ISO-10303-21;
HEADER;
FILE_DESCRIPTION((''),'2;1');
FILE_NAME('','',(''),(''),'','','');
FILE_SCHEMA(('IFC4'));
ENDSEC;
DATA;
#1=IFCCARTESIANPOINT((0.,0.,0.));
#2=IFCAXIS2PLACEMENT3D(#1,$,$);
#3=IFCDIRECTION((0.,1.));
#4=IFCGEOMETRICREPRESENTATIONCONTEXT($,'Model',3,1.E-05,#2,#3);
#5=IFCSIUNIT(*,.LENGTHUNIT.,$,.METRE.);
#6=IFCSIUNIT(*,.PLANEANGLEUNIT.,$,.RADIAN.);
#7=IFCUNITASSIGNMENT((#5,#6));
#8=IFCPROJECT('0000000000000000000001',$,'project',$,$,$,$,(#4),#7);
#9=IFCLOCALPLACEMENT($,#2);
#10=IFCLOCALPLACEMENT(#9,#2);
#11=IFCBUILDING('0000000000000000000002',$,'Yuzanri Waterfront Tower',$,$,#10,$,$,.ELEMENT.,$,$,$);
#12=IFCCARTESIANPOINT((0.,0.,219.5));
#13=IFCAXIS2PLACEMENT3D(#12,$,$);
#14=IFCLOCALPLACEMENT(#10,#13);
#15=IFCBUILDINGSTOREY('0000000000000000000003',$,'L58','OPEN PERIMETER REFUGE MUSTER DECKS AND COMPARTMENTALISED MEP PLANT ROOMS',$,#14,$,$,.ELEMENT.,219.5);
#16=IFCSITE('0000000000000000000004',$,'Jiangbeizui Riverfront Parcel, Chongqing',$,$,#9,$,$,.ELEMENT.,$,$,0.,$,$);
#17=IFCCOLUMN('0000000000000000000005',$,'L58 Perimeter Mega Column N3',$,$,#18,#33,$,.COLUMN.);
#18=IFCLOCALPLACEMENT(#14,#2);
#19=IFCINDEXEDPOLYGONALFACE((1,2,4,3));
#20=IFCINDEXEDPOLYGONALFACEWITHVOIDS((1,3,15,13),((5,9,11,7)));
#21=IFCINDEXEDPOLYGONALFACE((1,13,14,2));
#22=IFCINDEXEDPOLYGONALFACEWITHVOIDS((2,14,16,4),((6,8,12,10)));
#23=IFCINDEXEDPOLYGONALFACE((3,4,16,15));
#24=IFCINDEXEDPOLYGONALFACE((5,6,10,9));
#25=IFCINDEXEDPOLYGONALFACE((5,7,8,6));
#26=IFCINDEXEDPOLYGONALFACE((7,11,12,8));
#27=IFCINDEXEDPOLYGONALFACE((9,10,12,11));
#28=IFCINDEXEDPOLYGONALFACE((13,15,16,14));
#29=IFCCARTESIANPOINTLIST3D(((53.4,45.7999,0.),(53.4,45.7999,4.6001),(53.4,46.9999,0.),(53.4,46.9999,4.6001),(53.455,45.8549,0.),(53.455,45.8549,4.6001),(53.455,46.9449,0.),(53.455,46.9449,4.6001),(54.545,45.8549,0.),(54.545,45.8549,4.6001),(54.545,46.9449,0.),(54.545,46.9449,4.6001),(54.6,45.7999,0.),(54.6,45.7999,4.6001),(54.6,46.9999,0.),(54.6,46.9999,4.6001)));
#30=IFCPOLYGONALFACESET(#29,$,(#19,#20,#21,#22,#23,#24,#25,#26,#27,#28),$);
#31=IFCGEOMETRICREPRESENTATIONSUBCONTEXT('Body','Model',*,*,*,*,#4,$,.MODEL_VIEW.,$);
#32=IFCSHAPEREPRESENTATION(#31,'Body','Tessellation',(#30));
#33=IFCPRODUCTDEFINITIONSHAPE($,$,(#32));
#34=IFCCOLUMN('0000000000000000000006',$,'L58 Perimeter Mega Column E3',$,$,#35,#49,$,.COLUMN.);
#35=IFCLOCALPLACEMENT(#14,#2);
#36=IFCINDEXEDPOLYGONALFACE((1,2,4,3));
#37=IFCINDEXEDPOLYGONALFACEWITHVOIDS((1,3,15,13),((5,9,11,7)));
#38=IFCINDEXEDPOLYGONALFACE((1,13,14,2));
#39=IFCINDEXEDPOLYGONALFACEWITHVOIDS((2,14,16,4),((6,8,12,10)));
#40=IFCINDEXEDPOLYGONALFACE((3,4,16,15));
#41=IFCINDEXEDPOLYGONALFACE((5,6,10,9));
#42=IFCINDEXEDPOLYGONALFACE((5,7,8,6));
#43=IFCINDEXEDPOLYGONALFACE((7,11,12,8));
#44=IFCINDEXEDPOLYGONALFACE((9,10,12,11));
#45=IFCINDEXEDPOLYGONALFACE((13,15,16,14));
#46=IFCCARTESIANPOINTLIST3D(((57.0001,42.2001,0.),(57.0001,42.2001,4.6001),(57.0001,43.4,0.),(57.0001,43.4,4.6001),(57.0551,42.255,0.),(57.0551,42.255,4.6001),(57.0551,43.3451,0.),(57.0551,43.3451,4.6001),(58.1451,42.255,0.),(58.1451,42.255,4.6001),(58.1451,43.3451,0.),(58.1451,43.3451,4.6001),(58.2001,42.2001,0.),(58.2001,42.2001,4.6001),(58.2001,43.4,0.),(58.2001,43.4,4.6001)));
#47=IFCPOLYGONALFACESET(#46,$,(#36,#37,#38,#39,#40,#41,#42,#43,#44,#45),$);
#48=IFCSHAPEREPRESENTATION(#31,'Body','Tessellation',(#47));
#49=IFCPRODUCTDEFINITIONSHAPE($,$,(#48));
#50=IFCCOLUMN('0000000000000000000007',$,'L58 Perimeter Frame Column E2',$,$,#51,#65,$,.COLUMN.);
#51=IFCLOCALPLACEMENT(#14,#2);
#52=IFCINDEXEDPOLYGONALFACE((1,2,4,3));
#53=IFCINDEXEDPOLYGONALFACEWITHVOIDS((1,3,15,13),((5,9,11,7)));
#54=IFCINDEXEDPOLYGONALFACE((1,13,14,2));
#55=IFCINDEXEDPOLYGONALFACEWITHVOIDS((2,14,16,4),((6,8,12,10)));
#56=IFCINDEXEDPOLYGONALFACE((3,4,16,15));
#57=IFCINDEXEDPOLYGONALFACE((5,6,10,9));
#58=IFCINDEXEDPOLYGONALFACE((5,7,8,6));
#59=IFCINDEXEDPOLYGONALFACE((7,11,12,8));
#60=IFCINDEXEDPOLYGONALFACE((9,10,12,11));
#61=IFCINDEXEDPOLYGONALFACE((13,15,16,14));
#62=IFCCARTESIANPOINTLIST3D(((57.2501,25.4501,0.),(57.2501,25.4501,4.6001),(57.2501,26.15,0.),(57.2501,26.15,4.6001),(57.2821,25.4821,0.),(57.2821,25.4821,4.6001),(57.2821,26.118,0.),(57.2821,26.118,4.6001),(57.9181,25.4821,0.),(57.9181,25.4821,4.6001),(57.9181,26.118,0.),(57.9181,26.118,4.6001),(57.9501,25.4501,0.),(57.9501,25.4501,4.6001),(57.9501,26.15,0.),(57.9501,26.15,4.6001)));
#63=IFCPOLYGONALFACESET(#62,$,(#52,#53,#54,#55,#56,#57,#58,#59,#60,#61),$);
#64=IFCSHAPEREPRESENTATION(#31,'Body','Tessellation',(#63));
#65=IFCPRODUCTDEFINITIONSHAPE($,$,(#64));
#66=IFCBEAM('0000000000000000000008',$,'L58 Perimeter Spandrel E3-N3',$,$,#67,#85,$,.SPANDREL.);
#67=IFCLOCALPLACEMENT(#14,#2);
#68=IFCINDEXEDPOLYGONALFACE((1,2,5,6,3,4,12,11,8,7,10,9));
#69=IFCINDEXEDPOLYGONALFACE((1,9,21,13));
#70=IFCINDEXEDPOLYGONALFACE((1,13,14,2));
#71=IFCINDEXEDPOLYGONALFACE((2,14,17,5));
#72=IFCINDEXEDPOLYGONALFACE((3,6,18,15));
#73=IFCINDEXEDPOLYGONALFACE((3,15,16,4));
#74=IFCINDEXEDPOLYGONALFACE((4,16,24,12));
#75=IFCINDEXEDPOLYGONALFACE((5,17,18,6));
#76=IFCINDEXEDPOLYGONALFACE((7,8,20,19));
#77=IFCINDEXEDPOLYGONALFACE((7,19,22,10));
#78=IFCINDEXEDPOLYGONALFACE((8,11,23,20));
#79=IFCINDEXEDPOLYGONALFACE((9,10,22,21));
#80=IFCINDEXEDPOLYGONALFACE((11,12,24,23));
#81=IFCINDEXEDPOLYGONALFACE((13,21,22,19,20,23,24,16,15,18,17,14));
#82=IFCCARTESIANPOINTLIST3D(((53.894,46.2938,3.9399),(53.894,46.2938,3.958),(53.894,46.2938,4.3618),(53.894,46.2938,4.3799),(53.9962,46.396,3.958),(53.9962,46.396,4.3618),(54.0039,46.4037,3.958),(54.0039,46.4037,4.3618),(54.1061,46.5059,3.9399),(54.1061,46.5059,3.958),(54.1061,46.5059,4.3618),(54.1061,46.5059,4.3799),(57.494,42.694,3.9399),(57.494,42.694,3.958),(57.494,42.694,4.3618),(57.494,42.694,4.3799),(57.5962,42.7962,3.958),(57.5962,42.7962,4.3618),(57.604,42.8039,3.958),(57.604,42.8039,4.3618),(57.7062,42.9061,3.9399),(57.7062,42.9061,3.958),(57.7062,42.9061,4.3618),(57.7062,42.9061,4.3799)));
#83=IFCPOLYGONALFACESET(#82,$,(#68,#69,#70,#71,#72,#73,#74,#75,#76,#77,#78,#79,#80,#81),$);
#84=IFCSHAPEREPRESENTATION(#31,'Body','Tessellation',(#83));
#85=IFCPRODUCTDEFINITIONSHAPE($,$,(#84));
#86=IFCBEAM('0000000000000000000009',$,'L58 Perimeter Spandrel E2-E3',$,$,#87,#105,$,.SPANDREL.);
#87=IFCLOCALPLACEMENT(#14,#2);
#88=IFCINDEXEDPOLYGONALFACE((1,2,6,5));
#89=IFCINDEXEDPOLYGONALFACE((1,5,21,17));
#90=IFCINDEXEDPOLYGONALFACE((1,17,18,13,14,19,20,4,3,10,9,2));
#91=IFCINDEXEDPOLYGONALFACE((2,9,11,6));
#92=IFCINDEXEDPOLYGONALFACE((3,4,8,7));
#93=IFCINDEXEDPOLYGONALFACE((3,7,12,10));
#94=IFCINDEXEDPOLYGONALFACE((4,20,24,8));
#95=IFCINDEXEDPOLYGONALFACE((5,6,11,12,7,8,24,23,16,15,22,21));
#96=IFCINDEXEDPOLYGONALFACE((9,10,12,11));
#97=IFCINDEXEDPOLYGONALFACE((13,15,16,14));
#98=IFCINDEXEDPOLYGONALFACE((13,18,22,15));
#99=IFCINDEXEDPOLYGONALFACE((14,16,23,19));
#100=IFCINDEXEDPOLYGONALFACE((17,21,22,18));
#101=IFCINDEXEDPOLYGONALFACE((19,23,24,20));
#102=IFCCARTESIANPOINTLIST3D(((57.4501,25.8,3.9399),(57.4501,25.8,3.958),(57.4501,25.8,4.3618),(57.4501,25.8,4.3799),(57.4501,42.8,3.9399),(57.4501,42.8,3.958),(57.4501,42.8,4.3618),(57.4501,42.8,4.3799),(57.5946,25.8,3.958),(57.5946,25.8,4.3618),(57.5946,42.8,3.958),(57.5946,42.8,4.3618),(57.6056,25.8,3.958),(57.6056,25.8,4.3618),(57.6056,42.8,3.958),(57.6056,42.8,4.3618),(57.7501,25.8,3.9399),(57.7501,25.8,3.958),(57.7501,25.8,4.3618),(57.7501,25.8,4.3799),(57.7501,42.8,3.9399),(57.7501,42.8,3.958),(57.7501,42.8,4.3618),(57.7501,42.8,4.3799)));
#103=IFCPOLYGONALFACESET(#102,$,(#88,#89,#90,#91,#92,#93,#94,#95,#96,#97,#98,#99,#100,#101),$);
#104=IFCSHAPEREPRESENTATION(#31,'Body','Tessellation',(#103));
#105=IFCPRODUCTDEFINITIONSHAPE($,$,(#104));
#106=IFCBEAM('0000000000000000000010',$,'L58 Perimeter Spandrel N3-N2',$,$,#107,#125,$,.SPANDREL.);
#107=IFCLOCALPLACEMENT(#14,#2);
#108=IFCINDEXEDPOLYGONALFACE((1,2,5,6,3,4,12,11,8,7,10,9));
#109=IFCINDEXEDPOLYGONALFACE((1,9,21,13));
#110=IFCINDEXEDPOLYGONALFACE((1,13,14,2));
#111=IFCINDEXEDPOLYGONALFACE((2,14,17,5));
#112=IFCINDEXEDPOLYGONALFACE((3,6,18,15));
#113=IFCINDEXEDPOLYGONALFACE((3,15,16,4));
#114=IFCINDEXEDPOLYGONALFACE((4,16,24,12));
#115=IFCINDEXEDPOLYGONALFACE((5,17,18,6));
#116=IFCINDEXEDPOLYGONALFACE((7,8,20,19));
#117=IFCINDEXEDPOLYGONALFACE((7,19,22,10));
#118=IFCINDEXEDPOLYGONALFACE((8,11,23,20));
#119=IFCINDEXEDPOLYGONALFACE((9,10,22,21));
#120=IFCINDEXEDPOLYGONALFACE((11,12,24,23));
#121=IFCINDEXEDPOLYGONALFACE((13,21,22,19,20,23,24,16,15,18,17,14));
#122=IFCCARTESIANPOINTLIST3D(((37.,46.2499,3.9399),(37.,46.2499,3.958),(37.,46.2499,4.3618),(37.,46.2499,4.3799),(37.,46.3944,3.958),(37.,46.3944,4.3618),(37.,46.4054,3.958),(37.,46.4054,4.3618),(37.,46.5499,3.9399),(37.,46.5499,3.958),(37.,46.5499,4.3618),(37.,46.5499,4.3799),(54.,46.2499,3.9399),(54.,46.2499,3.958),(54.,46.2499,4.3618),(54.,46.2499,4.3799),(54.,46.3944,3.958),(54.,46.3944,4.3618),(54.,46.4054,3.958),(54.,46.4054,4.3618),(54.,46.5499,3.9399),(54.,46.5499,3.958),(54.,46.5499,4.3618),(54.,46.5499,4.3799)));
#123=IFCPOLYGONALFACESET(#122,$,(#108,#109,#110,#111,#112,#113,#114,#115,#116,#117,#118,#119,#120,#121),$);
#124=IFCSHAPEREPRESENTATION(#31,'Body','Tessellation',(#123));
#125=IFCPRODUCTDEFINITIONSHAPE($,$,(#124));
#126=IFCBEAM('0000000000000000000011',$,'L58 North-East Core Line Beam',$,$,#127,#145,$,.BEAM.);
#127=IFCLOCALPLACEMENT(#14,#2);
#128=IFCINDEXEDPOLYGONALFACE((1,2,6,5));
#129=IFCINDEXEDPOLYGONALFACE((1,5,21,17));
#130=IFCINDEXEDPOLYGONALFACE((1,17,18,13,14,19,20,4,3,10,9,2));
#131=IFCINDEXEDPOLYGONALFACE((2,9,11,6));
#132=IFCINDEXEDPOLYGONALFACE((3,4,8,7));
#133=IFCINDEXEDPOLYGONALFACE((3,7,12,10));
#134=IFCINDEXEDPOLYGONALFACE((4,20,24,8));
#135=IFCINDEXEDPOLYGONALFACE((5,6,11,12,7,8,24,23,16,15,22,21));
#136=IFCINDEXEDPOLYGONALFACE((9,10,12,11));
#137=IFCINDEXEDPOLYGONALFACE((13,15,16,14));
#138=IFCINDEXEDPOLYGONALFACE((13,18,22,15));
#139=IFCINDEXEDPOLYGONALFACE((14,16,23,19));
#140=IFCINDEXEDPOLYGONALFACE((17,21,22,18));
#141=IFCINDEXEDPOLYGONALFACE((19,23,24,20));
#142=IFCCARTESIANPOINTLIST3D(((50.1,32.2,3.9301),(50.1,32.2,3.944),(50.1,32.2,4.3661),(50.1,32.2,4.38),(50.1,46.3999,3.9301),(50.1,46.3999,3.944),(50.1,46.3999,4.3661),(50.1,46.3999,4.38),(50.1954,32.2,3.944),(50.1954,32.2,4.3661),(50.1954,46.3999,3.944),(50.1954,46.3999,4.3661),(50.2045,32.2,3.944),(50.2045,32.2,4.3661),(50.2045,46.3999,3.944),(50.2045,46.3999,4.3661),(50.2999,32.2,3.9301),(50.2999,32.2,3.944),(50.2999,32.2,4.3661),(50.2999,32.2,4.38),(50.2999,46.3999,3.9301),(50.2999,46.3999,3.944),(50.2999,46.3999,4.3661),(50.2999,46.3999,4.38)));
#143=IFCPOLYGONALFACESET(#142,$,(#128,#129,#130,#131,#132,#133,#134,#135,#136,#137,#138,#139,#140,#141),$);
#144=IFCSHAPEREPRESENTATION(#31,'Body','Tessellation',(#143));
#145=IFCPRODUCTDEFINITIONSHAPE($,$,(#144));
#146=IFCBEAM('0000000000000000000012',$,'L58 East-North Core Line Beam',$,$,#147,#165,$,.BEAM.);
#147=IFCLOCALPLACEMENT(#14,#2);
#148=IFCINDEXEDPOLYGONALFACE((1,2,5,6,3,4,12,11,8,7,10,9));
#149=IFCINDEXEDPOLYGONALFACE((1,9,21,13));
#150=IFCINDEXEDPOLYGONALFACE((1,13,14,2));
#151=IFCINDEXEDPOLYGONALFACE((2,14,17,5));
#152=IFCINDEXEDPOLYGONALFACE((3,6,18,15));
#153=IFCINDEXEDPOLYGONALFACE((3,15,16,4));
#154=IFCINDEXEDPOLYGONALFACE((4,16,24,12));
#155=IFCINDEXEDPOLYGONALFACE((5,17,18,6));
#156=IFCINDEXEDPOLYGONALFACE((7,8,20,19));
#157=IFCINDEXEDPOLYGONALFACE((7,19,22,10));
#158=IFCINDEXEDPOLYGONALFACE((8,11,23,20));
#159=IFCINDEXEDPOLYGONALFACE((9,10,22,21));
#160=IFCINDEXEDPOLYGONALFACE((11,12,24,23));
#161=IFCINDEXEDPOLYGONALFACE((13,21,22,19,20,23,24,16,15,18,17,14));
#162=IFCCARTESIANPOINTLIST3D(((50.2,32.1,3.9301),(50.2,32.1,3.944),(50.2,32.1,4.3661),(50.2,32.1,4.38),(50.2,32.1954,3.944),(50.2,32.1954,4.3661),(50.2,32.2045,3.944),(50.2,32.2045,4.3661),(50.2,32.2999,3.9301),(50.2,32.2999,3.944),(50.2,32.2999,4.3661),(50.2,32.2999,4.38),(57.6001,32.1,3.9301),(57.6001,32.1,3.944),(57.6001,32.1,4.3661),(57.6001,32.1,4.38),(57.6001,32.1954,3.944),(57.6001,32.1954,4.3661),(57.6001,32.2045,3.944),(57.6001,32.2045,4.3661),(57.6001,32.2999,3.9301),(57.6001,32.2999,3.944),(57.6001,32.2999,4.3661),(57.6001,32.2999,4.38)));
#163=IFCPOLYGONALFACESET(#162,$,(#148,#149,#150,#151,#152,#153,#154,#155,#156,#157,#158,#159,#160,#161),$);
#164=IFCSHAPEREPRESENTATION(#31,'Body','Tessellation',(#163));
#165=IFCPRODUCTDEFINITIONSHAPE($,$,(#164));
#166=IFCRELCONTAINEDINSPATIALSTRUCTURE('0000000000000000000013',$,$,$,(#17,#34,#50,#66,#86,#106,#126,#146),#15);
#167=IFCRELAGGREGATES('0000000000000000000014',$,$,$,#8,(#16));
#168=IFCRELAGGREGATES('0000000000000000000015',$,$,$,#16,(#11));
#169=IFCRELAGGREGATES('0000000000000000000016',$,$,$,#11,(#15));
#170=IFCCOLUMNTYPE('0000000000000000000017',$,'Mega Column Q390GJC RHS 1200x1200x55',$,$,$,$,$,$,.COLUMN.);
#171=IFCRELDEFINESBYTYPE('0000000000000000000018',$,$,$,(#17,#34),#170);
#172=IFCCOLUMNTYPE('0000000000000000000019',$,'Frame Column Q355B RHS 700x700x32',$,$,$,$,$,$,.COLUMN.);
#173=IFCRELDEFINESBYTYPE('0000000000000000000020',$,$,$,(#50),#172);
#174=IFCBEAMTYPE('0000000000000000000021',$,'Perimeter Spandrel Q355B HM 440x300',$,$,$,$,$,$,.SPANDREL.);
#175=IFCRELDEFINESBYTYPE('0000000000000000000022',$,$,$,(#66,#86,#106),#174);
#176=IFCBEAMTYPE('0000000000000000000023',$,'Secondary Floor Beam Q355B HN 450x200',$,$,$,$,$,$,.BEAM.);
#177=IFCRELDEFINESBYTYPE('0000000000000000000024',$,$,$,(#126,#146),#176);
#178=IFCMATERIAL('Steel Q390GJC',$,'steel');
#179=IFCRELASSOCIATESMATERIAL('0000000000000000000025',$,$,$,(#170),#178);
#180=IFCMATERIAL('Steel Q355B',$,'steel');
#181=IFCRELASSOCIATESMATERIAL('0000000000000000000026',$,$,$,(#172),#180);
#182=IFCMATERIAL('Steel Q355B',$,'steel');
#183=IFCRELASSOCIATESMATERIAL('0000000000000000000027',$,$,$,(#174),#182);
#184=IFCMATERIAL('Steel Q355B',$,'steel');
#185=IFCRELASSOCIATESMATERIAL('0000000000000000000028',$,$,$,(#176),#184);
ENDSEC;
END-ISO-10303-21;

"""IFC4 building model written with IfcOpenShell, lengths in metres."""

from ifc_helpers import new_model, si_unit, direction, frame, origin, origin_2d, place, context, subcontext, project, spatial, hollow_rectangle, i_section, extrude, source, transform, mapped, material, material_profile, profile_set, type_object, element, save


model = new_model("IFC4")

# Units and contexts
model_context = context("Model", 3, precision=1e-05, world=origin(), true_north=direction((0.0, 1.0)))
body_context = subcontext(model_context, "Body", "Model", "MODEL_VIEW")
ifc_project = project(units=[si_unit("LENGTHUNIT", "METRE"), si_unit("PLANEANGLEUNIT", "RADIAN")], contexts=[model_context])

# Site, building, storey
site_placement = place(None, origin())
site = spatial("IfcSite", under=ifc_project, at=site_placement, Name="Jiangbeizui Riverfront Parcel, Chongqing", CompositionType="ELEMENT", RefElevation=0.0)
building_placement = place(site_placement, origin())
building = spatial("IfcBuilding", under=site, at=building_placement, Name="Yuzanri Waterfront Tower", CompositionType="ELEMENT")
storey_placement = place(building_placement, frame((0.0, 0.0, 219.5)))
storey = spatial("IfcBuildingStorey", under=building, at=storey_placement, Name="L58", Description="OPEN PERIMETER REFUGE MUSTER DECKS AND COMPARTMENTALISED MEP PLANT ROOMS", CompositionType="ELEMENT", Elevation=219.5)

# Columns
ifc_material_1 = material(Name="Steel Q390GJC", Category="steel")
ifc_material_profile_1 = material_profile(ifc_material_1, hollow_rectangle(XDim=1.2, YDim=1.2, WallThickness=0.0549, at=origin_2d()), Name="RHS 1200x1200x55")
ifc_profile_set_1 = profile_set([ifc_material_profile_1], Name="Steel Q390GJC")
column_type_1 = type_object("IfcColumnType", Name="Mega Column Q390GJC RHS 1200x1200x55", PredefinedType="COLUMN", material=ifc_profile_set_1)
shared_shape_1 = source(origin(), body_context, "Body", "SweptSolid", [
    extrude(hollow_rectangle(XDim=1.2, YDim=1.2, WallThickness=0.0549, at=origin_2d()), origin(), (0.0, 0.0, 1.0), 4.6001),
])
for number, where, z_axis, x_axis, name in (
    (1, (54.0, 46.3999, 0.0), (0.0, 0.0, 1.0), (1.0, 0.0, 0.0), "L58 Perimeter Mega Column N3"),
    (2, (57.6001, 42.8, 0.0), (0.0, 0.0, 1.0), (1.0, 0.0, 0.0), "L58 Perimeter Mega Column E3"),
):
    element("IfcColumn", number, at=place(storey_placement, frame(where, z_axis=z_axis, x_axis=x_axis)), inside=storey, type_object=column_type_1, Name=name, PredefinedType="COLUMN", context=body_context, shape_type="MappedRepresentation", body=[
        mapped(shared_shape_1, transform((0.0, 0.0, 0.0), scale=1.0)),
    ])
ifc_material_2 = material(Name="Steel Q355B", Category="steel")
ifc_material_profile_2 = material_profile(ifc_material_2, hollow_rectangle(XDim=0.7, YDim=0.7, WallThickness=0.032, at=origin_2d()), Name="RHS 700x700x32")
ifc_profile_set_2 = profile_set([ifc_material_profile_2], Name="Steel Q355B")
column_type_2 = type_object("IfcColumnType", Name="Frame Column Q355B RHS 700x700x32", PredefinedType="COLUMN", material=ifc_profile_set_2)
shared_shape_2 = source(origin(), body_context, "Body", "SweptSolid", [
    extrude(hollow_rectangle(XDim=0.7, YDim=0.7, WallThickness=0.032, at=origin_2d()), origin(), (0.0, 0.0, 1.0), 4.6001),
])
column_placement = place(storey_placement, frame((57.6001, 25.8, 0.0), z_axis=(0.0, 0.0, 1.0), x_axis=(1.0, 0.0, 0.0)))
element("IfcColumn", 3, at=column_placement, inside=storey, type_object=column_type_2, Name="L58 Perimeter Frame Column E2", PredefinedType="COLUMN", context=body_context, shape_type="MappedRepresentation", body=[
    mapped(shared_shape_2, transform((0.0, 0.0, 0.0), scale=1.0)),
])

# Beams
ifc_material_3 = material(Name="Steel Q355B", Category="steel")
ifc_material_profile_3 = material_profile(ifc_material_3, i_section(OverallWidth=0.3, OverallDepth=0.4399, WebThickness=0.011, FlangeThickness=0.0181, at=origin_2d()), Name="HM 440x300x11x18")
ifc_profile_set_3 = profile_set([ifc_material_profile_3], Name="Steel Q355B")
beam_type_1 = type_object("IfcBeamType", Name="Perimeter Spandrel Q355B HM 440x300", PredefinedType="SPANDREL", material=ifc_profile_set_3)
shared_shape_3 = source(origin(), body_context, "Body", "SweptSolid", [
    extrude(i_section(OverallWidth=0.3, OverallDepth=0.4399, WebThickness=0.011, FlangeThickness=0.0181, at=origin_2d()), origin(), (0.0, 0.0, 1.0), 5.0911),
])
beam_1_placement = place(storey_placement, frame((57.6001, 42.8, 4.1599), z_axis=(-0.707131, 0.707083, 0.0), x_axis=(-0.707083, -0.707131, 0.0)))
element("IfcBeam", 4, at=beam_1_placement, inside=storey, type_object=beam_type_1, Name="L58 Perimeter Spandrel E3-N3", PredefinedType="SPANDREL", context=body_context, shape_type="MappedRepresentation", body=[
    mapped(shared_shape_3, transform((0.0, 0.0, 0.0), scale=1.0)),
])
shared_shape_4 = source(origin(), body_context, "Body", "SweptSolid", [
    extrude(i_section(OverallWidth=0.3, OverallDepth=0.4399, WebThickness=0.011, FlangeThickness=0.0181, at=origin_2d()), origin(), (0.0, 0.0, 1.0), 17.0),
])
for number, where, z_axis, x_axis, name in (
    (5, (57.6001, 25.8, 4.1599), (0.0, 1.0, 0.0), (-1.0, 0.0, 0.0), "L58 Perimeter Spandrel E2-E3"),
    (6, (54.0, 46.3999, 4.1599), (-1.0, 0.0, 0.0), (0.0, -1.0, 0.0), "L58 Perimeter Spandrel N3-N2"),
):
    element("IfcBeam", number, at=place(storey_placement, frame(where, z_axis=z_axis, x_axis=x_axis)), inside=storey, type_object=beam_type_1, Name=name, PredefinedType="SPANDREL", context=body_context, shape_type="MappedRepresentation", body=[
        mapped(shared_shape_4, transform((0.0, 0.0, 0.0), scale=1.0)),
    ])
ifc_material_4 = material(Name="Steel Q355B", Category="steel")
ifc_material_profile_4 = material_profile(ifc_material_4, i_section(OverallWidth=0.2, OverallDepth=0.45, WebThickness=0.009, FlangeThickness=0.0139, at=origin_2d()), Name="HN 450x200x9x14")
ifc_profile_set_4 = profile_set([ifc_material_profile_4], Name="Steel Q355B")
beam_type_2 = type_object("IfcBeamType", Name="Secondary Floor Beam Q355B HN 450x200", PredefinedType="BEAM", material=ifc_profile_set_4)
shared_shape_5 = source(origin(), body_context, "Body", "SweptSolid", [
    extrude(i_section(OverallWidth=0.2, OverallDepth=0.45, WebThickness=0.009, FlangeThickness=0.0139, at=origin_2d()), origin(), (0.0, 0.0, 1.0), 14.2),
])
beam_2_placement = place(storey_placement, frame((50.2, 32.2, 4.155), z_axis=(0.0, 1.0, 0.0), x_axis=(-1.0, 0.0, 0.0)))
element("IfcBeam", 7, at=beam_2_placement, inside=storey, type_object=beam_type_2, Name="L58 North-East Core Line Beam", PredefinedType="BEAM", context=body_context, shape_type="MappedRepresentation", body=[
    mapped(shared_shape_5, transform((0.0, 0.0, 0.0), scale=1.0)),
])
shared_shape_6 = source(origin(), body_context, "Body", "SweptSolid", [
    extrude(i_section(OverallWidth=0.2, OverallDepth=0.45, WebThickness=0.009, FlangeThickness=0.0139, at=origin_2d()), origin(), (0.0, 0.0, 1.0), 7.4001),
])
beam_3_placement = place(storey_placement, frame((50.2, 32.2, 4.155), z_axis=(1.0, 0.0, 0.0), x_axis=(0.0, 1.0, 0.0)))
element("IfcBeam", 8, at=beam_3_placement, inside=storey, type_object=beam_type_2, Name="L58 East-North Core Line Beam", PredefinedType="BEAM", context=body_context, shape_type="MappedRepresentation", body=[
    mapped(shared_shape_6, transform((0.0, 0.0, 0.0), scale=1.0)),
])

save(model, "model.ifc")
